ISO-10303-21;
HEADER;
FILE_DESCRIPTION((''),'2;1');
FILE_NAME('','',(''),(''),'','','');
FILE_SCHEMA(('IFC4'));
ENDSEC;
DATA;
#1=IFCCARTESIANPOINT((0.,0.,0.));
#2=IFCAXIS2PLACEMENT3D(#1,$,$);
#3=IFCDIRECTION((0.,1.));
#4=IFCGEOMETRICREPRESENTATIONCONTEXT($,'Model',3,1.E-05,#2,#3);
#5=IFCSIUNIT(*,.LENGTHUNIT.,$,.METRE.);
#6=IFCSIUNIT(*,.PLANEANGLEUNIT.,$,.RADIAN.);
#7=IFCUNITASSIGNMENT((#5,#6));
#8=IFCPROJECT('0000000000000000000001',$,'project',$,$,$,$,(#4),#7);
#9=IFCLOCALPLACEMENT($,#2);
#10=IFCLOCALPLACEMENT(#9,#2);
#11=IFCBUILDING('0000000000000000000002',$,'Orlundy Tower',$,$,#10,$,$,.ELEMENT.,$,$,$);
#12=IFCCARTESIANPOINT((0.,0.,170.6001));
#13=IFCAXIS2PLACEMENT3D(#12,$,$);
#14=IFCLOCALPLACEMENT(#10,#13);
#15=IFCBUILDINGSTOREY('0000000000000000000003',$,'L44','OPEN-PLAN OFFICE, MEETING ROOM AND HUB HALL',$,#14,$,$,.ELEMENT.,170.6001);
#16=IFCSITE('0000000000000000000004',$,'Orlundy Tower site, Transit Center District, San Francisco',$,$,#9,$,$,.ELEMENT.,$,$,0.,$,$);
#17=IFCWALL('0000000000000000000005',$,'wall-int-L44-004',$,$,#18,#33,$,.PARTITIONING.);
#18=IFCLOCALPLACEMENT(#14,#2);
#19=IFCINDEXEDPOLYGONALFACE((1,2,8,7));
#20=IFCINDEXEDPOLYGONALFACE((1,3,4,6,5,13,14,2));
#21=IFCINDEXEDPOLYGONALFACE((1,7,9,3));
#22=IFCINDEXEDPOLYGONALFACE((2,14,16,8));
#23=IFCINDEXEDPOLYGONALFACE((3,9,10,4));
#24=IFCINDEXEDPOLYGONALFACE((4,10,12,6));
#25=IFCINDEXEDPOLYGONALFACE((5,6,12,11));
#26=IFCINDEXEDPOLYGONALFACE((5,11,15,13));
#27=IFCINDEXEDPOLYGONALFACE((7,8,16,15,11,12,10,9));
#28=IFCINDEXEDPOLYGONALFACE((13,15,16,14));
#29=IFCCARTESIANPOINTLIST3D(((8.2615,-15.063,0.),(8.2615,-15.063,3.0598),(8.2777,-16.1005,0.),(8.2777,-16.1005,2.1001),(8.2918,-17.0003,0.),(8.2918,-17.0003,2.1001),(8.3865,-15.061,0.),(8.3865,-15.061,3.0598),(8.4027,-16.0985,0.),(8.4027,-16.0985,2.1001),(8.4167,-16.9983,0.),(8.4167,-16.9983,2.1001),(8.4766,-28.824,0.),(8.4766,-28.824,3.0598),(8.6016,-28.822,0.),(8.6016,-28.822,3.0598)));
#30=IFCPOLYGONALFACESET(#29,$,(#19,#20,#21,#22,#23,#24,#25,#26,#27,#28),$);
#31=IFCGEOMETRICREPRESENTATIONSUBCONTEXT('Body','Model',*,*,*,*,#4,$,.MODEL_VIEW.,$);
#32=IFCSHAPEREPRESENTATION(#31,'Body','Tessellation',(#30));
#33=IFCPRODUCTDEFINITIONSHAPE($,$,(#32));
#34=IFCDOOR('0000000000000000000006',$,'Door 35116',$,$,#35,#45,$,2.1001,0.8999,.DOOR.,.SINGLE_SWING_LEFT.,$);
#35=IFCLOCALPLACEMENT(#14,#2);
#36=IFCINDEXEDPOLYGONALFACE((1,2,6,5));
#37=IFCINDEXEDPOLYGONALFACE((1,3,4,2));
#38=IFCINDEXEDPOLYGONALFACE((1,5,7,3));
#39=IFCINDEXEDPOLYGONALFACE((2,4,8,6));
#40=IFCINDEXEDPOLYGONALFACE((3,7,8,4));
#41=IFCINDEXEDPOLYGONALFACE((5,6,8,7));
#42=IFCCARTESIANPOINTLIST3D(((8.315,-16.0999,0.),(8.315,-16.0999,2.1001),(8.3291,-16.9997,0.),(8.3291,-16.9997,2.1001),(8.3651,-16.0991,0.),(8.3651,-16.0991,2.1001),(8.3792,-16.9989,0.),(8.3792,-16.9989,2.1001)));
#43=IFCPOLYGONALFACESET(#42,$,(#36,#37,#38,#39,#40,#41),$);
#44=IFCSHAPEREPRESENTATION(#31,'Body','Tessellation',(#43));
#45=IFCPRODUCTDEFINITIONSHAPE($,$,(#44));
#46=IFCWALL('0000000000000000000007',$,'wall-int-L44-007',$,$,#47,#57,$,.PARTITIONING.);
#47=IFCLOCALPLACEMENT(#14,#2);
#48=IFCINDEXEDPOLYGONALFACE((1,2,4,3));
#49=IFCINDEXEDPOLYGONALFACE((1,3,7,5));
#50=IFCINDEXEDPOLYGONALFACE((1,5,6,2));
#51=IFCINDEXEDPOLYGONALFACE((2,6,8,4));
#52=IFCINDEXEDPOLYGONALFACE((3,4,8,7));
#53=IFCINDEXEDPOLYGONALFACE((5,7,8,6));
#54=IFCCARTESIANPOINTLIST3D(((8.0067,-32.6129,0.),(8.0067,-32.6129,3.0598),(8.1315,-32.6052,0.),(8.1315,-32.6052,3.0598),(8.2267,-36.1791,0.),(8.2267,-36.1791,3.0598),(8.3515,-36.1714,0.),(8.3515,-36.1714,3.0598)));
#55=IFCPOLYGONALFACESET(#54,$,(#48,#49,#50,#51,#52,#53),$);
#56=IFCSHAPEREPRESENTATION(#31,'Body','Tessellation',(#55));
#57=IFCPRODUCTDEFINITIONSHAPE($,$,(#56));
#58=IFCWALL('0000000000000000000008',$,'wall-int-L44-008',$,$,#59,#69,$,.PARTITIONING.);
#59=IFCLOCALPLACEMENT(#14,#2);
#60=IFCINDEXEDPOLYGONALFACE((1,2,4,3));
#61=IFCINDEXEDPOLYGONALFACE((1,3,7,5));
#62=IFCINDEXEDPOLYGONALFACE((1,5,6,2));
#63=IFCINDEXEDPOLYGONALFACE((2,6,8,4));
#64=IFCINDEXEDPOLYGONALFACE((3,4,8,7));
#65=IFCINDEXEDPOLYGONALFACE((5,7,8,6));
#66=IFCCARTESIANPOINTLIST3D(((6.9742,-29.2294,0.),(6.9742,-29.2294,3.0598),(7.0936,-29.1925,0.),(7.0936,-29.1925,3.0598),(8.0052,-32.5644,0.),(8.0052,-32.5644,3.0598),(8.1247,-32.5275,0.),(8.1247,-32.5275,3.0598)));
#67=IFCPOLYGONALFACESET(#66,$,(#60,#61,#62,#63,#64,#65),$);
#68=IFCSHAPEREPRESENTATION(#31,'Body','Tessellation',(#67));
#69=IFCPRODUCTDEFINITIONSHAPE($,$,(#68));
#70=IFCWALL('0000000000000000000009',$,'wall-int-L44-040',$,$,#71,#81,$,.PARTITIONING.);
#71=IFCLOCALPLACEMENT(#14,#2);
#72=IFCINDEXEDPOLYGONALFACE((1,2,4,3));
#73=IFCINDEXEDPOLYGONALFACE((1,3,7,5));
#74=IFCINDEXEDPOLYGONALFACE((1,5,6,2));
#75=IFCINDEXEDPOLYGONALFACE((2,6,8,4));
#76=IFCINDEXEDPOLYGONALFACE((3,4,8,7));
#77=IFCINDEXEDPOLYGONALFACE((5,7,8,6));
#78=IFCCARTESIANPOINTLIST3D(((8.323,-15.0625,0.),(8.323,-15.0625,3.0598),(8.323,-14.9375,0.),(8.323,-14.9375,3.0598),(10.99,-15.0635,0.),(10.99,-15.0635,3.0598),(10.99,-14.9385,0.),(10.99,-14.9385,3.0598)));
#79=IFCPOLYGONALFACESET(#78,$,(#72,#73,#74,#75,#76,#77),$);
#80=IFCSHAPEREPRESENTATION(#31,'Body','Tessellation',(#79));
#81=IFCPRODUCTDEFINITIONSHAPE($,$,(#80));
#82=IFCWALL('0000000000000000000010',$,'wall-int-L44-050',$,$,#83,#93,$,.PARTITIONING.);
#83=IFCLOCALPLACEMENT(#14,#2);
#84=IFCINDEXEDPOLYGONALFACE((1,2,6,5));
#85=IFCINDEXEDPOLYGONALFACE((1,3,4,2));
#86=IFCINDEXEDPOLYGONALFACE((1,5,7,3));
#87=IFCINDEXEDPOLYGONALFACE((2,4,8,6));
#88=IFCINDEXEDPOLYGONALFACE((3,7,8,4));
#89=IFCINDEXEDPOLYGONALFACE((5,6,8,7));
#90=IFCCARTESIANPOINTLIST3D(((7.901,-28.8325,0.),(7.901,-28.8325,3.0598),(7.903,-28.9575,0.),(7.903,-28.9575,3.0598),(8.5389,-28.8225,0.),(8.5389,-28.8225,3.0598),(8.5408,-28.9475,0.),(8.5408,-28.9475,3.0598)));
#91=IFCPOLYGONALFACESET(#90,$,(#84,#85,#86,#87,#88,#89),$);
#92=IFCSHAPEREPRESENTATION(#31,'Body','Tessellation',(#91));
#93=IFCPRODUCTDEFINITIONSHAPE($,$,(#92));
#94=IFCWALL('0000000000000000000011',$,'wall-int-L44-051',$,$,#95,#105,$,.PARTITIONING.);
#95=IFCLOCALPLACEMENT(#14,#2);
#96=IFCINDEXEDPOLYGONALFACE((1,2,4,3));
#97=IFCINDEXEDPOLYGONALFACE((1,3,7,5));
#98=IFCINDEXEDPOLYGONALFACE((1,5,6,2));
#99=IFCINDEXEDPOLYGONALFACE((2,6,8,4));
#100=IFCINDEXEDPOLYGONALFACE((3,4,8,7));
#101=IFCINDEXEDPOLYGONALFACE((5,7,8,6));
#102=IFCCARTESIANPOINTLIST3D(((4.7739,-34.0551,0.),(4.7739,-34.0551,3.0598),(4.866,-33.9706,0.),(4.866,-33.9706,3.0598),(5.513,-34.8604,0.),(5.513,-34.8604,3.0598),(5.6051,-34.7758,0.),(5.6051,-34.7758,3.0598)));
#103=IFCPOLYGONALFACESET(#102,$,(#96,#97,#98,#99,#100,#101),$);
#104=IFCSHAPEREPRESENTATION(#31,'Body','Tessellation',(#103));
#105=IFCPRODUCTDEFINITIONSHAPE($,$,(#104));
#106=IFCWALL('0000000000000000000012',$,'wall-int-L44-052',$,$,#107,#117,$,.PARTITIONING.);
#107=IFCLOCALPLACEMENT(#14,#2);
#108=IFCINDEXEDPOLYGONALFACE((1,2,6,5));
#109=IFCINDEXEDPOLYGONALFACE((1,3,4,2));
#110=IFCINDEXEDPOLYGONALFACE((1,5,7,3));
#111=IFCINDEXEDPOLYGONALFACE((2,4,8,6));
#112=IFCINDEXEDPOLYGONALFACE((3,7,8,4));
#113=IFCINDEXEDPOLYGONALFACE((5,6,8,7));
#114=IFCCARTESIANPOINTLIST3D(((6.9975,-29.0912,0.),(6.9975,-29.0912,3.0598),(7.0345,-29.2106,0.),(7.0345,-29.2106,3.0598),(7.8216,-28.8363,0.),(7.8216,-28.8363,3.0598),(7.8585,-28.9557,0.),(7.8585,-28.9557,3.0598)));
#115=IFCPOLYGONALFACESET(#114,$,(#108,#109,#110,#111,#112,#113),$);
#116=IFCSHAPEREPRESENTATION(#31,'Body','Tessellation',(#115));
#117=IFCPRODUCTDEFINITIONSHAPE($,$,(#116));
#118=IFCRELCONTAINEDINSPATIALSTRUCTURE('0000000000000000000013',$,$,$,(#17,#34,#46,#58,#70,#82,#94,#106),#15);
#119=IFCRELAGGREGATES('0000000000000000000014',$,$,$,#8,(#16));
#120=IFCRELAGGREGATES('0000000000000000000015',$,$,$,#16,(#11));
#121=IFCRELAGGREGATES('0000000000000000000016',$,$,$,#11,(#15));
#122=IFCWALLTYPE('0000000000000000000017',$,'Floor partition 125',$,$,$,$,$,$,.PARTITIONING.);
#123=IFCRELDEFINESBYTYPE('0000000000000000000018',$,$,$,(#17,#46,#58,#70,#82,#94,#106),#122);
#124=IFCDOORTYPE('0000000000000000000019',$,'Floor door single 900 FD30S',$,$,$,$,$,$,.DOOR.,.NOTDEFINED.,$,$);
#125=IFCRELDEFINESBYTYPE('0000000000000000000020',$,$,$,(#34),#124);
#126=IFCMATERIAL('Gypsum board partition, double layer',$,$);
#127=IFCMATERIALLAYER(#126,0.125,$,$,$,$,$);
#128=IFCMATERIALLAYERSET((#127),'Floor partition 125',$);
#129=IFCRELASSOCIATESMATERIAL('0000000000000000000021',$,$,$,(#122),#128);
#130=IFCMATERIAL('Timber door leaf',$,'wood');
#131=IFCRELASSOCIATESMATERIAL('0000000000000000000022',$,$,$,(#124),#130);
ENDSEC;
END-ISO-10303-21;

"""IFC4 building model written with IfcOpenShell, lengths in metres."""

from ifc_helpers import new_model, si_unit, direction, frame, frame_2d, origin, place, context, subcontext, project, spatial, rectangle, extrude, material, layer, layer_set, type_object, element, fill, save


model = new_model("IFC4")

# Units and contexts
model_context = context("Model", 3, precision=1e-05, world=origin(), true_north=direction((0.0, 1.0)))
body_context = subcontext(model_context, "Body", "Model", "MODEL_VIEW")
ifc_project = project(units=[si_unit("LENGTHUNIT", "METRE"), si_unit("PLANEANGLEUNIT", "RADIAN")], contexts=[model_context])

# Site, building, storey
site_placement = place(None, origin())
site = spatial("IfcSite", under=ifc_project, at=site_placement, Name="Orlundy Tower site, Transit Center District, San Francisco", CompositionType="ELEMENT", RefElevation=0.0)
building_placement = place(site_placement, origin())
building = spatial("IfcBuilding", under=site, at=building_placement, Name="Orlundy Tower", CompositionType="ELEMENT")
storey_placement = place(building_placement, frame((0.0, 0.0, 170.6001)))
storey = spatial("IfcBuildingStorey", under=building, at=storey_placement, Name="L44", Description="OPEN-PLAN OFFICE, MEETING ROOM AND HUB HALL", CompositionType="ELEMENT", Elevation=170.6001)

# Shared definitions
ifc_material_1 = material(Name="Gypsum board partition, double layer")
ifc_layer_1 = layer(ifc_material_1, 0.125)
ifc_layer_set_1 = layer_set([ifc_layer_1], Name="Floor partition 125")
wall_type_1 = type_object("IfcWallType", Name="Floor partition 125", PredefinedType="PARTITIONING", material=ifc_layer_set_1)

# Wall, opening, door
ifc_material_2 = material(Name="Timber door leaf", Category="wood")
door_type_1 = type_object("IfcDoorType", Name="Floor door single 900 FD30S", OperationType="NOTDEFINED", PredefinedType="DOOR", material=ifc_material_2)
wall_1_placement = place(storey_placement, frame((8.324, -15.062, 0.0), z_axis=(0.0, 0.0, 1.0), x_axis=(0.015628, -0.999878, 0.0)))
wall_1 = element("IfcWall", 1, at=wall_1_placement, inside=storey, type_object=wall_type_1, Name="wall-int-L44-004", PredefinedType="PARTITIONING", context=body_context, shape_type="SweptSolid", body=[
    extrude(rectangle(XDim=13.7627, YDim=0.125, at=frame_2d((6.8813, 0.0))), origin(), (0.0, 0.0, 1.0), 3.0598),
])
opening_1_placement = place(wall_1_placement, frame((1.0376, 0.0, 0.0)))
opening_1 = element("IfcOpeningElement", 2, at=opening_1_placement, cuts=wall_1, PredefinedType="OPENING", context=body_context, shape_type="SweptSolid", body=[
    extrude(rectangle(XDim=0.8999, YDim=2.1001, at=frame_2d((0.45, 1.05))), frame((0.0, 0.0725, 0.0), z_axis=(0.0, -1.0, 0.0), x_axis=(1.0, 0.0, 0.0)), (0.0, 0.0, 1.0), 0.145),
])
door_1_placement = place(opening_1_placement, origin())
door_1 = element("IfcDoor", 3, at=door_1_placement, inside=storey, type_object=door_type_1, Name="Door 35116", OperationType="SINGLE_SWING_LEFT", OverallHeight=2.1001, OverallWidth=0.8999, PredefinedType="DOOR", context=body_context, shape_type="SweptSolid", body=[
    extrude(rectangle(XDim=0.8999, YDim=2.1001, at=frame_2d((0.45, 1.05))), frame((0.0, 0.0249, 0.0), z_axis=(0.0, -1.0, 0.0), x_axis=(1.0, 0.0, 0.0)), (0.0, 0.0, 1.0), 0.05),
])
fill(opening_1, door_1)

# Walls
wall_2_placement = place(storey_placement, frame((8.0691, -32.6089, 0.0), z_axis=(0.0, 0.0, 1.0), x_axis=(0.061566, -0.998103, 0.0)))
element("IfcWall", 4, at=wall_2_placement, inside=storey, type_object=wall_type_1, Name="wall-int-L44-007", PredefinedType="PARTITIONING", context=body_context, shape_type="SweptSolid", body=[
    extrude(rectangle(XDim=3.573, YDim=0.125, at=frame_2d((1.7866, 0.0))), origin(), (0.0, 0.0, 1.0), 3.0598),
])
wall_3_placement = place(storey_placement, frame((7.0339, -29.2109, 0.0), z_axis=(0.0, 0.0, 1.0), x_axis=(0.295359, -0.955386, 0.0)))
element("IfcWall", 5, at=wall_3_placement, inside=storey, type_object=wall_type_1, Name="wall-int-L44-008", PredefinedType="PARTITIONING", context=body_context, shape_type="SweptSolid", body=[
    extrude(rectangle(XDim=3.4907, YDim=0.125, at=frame_2d((1.7454, 0.0))), origin(), (0.0, 0.0, 1.0), 3.0598),
])
wall_4_placement = place(storey_placement, frame((8.323, -15.0, 0.0), z_axis=(0.0, 0.0, 1.0), x_axis=(1.0, -0.000366, 0.0)))
element("IfcWall", 6, at=wall_4_placement, inside=storey, type_object=wall_type_1, Name="wall-int-L44-040", PredefinedType="PARTITIONING", context=body_context, shape_type="SweptSolid", body=[
    extrude(rectangle(XDim=2.667, YDim=0.125, at=frame_2d((1.3335, 0.0))), origin(), (0.0, 0.0, 1.0), 3.0598),
])
wall_5_placement = place(storey_placement, frame((7.9021, -28.895, 0.0), z_axis=(0.0, 0.0, 1.0), x_axis=(0.999877, 0.015689, 0.0)))
element("IfcWall", 7, at=wall_5_placement, inside=storey, type_object=wall_type_1, Name="wall-int-L44-050", PredefinedType="PARTITIONING", context=body_context, shape_type="SweptSolid", body=[
    extrude(rectangle(XDim=0.6379, YDim=0.125, at=frame_2d((0.3188, 0.0))), origin(), (0.0, 0.0, 1.0), 3.0598),
])
wall_6_placement = place(storey_placement, frame((4.8201, -34.0129, 0.0), z_axis=(0.0, 0.0, 1.0), x_axis=(0.67619, -0.736727, 0.0)))
element("IfcWall", 8, at=wall_6_placement, inside=storey, type_object=wall_type_1, Name="wall-int-L44-051", PredefinedType="PARTITIONING", context=body_context, shape_type="SweptSolid", body=[
    extrude(rectangle(XDim=1.093, YDim=0.125, at=frame_2d((0.5464, 0.0))), origin(), (0.0, 0.0, 1.0), 3.0598),
])
wall_7_placement = place(storey_placement, frame((7.0161, -29.1509, 0.0), z_axis=(0.0, 0.0, 1.0), x_axis=(0.955337, 0.295518, 0.0)))
element("IfcWall", 9, at=wall_7_placement, inside=storey, type_object=wall_type_1, Name="wall-int-L44-052", PredefinedType="PARTITIONING", context=body_context, shape_type="SweptSolid", body=[
    extrude(rectangle(XDim=0.8625, YDim=0.125, at=frame_2d((0.4312, 0.0))), origin(), (0.0, 0.0, 1.0), 3.0598),
])

save(model, "model.ifc")
